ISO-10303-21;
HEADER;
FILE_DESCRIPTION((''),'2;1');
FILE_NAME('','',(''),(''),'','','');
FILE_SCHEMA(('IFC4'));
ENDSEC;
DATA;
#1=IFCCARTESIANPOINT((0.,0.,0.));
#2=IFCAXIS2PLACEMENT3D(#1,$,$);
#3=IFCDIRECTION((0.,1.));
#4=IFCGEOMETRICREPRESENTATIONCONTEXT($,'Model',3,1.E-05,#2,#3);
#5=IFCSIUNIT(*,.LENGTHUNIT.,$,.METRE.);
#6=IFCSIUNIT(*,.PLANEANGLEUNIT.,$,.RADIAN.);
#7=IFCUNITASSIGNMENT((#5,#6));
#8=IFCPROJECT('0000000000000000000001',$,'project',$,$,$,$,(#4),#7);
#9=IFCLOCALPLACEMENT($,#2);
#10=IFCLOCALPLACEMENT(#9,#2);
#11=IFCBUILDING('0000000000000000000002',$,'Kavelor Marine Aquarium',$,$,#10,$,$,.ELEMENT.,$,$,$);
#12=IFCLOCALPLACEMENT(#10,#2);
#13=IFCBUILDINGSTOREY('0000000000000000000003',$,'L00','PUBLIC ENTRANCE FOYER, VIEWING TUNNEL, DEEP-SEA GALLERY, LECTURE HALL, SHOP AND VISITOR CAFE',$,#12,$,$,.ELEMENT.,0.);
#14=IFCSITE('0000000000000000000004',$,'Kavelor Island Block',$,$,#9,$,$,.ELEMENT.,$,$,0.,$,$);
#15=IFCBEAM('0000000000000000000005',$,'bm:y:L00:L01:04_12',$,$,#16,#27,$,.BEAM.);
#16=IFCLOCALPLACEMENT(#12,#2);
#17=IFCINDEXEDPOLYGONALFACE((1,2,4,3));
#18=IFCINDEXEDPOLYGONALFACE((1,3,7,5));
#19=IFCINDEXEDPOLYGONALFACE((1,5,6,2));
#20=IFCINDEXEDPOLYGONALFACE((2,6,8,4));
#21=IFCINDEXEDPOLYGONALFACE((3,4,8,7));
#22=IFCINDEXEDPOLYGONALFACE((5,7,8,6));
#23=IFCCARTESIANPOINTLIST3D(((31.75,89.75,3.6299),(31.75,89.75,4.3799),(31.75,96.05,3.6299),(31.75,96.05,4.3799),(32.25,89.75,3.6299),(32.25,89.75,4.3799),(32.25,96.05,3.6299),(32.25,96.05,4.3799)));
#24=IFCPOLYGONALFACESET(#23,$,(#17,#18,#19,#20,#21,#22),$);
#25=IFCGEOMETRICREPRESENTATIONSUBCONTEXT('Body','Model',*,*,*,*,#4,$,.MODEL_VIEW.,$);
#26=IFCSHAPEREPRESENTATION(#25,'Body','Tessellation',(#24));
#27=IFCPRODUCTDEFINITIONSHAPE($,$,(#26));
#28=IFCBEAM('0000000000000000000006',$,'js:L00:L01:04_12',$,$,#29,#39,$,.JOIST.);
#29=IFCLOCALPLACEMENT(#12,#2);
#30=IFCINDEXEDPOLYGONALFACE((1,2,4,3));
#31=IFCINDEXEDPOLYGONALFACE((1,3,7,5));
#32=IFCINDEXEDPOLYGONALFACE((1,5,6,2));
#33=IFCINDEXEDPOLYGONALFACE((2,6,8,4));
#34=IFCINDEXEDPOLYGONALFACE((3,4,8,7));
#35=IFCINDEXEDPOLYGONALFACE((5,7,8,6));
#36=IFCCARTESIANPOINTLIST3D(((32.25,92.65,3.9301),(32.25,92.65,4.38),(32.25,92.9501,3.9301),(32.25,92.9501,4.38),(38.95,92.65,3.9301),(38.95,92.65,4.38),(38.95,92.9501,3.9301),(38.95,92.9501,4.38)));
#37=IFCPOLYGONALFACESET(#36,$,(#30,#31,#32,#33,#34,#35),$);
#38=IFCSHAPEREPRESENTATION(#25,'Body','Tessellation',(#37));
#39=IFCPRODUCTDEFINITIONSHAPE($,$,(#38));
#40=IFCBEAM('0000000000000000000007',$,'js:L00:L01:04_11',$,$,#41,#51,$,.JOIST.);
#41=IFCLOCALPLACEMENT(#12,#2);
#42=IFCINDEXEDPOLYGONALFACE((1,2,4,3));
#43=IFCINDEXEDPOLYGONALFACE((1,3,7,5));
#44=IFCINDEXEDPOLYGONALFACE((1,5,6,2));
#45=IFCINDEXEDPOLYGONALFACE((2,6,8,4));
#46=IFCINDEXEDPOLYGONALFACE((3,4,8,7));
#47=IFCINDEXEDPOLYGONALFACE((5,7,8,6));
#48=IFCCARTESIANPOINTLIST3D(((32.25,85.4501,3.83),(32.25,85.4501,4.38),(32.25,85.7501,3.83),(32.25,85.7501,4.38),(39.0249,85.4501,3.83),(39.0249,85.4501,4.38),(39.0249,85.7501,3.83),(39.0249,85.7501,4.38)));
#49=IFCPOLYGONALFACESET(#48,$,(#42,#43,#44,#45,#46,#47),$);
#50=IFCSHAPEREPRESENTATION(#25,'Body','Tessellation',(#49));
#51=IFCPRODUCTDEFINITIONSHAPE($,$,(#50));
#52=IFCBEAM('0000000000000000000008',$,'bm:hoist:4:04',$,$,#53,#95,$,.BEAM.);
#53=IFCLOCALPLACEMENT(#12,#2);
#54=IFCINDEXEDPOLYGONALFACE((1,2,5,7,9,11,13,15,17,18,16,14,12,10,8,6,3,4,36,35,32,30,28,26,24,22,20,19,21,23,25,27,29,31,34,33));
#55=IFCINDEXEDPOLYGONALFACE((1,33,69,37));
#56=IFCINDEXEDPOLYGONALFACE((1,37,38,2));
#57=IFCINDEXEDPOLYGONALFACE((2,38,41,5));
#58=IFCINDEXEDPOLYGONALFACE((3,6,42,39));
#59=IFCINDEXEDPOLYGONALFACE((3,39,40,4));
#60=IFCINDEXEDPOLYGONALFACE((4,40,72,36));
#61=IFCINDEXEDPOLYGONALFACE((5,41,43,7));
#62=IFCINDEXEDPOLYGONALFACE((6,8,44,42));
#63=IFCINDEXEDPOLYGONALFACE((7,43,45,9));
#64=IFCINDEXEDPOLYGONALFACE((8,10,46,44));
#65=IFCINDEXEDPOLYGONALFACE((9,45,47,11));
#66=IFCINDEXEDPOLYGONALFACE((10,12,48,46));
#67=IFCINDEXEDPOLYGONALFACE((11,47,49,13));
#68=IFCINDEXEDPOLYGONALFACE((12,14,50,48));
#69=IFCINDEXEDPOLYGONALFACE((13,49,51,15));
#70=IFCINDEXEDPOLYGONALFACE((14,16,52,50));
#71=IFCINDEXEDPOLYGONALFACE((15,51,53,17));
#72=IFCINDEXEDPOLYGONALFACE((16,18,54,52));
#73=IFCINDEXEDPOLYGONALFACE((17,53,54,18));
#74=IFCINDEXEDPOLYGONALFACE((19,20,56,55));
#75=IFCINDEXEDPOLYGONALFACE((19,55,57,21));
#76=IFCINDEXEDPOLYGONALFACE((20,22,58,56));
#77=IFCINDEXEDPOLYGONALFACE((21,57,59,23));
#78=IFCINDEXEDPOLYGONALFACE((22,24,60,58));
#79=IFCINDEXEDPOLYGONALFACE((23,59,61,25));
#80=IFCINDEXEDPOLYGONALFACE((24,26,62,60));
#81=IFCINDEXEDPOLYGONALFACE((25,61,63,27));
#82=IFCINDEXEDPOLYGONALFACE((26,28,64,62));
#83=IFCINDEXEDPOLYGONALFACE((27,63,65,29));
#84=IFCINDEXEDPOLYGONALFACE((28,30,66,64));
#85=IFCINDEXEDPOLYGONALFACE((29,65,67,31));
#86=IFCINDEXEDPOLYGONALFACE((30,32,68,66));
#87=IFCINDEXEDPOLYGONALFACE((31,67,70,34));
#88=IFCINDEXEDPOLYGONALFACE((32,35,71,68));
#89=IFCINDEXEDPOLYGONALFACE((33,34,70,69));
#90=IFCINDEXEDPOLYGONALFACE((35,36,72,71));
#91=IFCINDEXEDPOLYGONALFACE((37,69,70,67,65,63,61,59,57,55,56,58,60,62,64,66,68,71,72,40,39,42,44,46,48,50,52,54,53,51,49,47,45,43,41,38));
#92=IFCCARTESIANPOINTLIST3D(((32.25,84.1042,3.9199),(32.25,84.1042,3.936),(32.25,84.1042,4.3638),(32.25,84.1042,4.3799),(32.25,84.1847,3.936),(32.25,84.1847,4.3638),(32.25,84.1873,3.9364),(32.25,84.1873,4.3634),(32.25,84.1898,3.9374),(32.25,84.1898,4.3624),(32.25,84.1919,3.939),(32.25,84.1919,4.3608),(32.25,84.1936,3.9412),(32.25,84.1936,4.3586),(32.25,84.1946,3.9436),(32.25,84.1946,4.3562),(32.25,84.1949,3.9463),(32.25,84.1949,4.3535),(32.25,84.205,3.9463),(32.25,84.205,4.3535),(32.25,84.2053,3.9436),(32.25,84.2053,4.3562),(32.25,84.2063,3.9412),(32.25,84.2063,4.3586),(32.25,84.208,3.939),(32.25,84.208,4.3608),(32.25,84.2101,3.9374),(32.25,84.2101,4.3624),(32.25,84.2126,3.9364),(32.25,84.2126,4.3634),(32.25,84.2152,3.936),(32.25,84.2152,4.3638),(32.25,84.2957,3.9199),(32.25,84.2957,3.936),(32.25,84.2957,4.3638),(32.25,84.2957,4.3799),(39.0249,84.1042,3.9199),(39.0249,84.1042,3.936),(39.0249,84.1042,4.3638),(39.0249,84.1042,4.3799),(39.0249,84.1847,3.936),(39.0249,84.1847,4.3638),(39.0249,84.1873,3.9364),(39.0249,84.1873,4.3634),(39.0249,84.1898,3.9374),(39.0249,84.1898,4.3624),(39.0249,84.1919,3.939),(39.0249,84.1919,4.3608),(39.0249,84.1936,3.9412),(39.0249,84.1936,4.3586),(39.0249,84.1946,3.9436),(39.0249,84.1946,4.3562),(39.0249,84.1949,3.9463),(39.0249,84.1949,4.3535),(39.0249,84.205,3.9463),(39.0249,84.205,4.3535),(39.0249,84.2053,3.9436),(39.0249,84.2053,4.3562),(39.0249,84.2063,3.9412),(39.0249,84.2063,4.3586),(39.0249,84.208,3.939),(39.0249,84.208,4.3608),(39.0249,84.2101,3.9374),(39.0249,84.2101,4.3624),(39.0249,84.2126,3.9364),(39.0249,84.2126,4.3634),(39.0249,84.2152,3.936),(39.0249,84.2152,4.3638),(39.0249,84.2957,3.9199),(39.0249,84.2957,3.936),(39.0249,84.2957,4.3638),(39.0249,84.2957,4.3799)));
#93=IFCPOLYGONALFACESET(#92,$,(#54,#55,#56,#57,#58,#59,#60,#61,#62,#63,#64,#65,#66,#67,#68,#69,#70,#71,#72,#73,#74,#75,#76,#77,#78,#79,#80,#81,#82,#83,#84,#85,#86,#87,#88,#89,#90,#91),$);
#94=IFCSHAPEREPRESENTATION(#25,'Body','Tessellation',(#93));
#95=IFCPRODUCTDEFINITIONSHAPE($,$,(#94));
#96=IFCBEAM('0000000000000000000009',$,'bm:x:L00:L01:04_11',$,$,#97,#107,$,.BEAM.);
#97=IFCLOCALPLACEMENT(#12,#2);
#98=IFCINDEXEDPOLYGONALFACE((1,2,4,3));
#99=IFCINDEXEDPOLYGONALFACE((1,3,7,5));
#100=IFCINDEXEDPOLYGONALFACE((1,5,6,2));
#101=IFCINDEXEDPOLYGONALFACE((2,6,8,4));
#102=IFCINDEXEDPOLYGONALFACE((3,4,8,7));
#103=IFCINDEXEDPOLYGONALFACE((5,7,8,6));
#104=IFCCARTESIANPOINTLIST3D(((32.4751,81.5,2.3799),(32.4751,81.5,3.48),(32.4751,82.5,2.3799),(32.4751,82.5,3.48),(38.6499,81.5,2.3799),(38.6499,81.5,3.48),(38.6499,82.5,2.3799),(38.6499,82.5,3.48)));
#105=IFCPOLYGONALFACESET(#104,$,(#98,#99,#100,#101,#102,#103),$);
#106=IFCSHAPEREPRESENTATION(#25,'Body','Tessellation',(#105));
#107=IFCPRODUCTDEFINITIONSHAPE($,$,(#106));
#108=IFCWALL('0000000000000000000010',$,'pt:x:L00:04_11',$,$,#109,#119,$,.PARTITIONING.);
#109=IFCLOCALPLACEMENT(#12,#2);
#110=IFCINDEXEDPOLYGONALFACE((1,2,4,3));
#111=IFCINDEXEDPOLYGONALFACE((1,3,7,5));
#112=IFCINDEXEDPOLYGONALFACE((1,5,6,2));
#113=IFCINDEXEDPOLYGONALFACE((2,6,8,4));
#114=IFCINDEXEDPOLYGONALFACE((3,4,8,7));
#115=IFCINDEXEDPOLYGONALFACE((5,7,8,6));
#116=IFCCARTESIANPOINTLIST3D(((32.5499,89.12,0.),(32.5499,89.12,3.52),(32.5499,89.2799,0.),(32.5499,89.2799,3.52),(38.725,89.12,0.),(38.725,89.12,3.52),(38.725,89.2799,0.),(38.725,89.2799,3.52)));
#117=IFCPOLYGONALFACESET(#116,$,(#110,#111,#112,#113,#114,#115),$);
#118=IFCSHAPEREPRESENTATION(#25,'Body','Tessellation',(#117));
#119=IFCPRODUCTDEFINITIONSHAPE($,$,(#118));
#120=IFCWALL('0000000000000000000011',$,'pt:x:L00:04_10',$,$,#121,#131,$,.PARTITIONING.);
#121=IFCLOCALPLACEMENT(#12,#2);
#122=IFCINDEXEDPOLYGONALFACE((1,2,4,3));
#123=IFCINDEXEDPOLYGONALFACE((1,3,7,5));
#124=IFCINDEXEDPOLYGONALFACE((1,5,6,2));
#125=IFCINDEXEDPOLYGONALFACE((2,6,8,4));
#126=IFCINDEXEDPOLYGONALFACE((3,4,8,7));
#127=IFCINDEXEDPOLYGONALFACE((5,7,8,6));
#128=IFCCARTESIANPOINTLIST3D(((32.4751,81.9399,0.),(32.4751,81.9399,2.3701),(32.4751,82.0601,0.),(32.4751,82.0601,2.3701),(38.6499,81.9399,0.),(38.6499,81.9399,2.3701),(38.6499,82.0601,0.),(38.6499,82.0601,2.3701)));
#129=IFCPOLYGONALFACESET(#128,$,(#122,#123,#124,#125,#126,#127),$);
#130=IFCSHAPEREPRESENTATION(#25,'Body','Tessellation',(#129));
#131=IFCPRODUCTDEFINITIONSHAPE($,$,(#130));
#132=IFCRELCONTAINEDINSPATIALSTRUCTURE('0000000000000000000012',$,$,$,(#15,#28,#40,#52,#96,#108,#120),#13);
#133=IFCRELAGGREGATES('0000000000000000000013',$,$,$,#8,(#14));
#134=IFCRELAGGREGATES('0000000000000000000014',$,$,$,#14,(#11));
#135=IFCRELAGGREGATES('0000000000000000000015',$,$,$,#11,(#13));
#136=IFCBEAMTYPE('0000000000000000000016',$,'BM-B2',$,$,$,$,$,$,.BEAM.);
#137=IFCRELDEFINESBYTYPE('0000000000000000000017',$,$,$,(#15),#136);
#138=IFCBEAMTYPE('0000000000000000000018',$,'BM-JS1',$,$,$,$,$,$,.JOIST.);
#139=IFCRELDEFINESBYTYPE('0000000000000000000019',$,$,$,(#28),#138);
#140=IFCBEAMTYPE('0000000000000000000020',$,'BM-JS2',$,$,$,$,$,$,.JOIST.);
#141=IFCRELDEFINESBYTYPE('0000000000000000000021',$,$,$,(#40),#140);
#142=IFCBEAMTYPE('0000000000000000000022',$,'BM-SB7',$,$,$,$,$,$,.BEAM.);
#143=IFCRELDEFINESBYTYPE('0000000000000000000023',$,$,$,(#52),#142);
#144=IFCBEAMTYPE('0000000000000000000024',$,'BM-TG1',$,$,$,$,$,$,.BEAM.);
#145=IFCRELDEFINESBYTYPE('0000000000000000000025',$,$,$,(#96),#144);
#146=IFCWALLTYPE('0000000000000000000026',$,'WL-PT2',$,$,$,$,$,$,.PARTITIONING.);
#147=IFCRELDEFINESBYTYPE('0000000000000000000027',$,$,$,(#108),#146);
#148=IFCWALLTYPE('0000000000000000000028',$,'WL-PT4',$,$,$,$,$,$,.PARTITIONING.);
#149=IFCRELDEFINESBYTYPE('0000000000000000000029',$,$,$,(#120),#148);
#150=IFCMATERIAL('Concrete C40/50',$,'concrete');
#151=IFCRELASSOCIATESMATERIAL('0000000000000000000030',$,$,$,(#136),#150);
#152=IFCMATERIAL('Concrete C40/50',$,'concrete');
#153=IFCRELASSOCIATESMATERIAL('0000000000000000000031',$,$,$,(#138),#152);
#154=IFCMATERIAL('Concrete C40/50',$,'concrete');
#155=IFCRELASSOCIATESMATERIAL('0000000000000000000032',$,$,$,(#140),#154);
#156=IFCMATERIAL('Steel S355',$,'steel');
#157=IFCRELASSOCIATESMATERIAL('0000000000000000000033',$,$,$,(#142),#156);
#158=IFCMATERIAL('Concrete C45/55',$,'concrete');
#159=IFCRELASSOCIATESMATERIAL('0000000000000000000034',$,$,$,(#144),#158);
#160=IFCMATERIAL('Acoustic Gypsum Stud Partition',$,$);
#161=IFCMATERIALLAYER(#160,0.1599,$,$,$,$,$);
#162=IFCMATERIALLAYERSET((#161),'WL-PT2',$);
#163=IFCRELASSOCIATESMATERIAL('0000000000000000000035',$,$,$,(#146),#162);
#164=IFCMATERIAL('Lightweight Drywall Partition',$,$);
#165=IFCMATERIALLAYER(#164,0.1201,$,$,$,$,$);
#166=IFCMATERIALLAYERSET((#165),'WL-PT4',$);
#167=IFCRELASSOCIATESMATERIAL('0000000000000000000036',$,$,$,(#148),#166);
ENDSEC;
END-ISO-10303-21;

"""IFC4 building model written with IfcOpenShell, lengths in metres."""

from ifc_helpers import new_model, si_unit, direction, frame, frame_2d, origin, origin_2d, place, context, subcontext, project, spatial, rectangle, i_section, extrude, material, layer, layer_set, material_profile, profile_set, type_object, element, save


model = new_model("IFC4")

# Units and contexts
model_context = context("Model", 3, precision=1e-05, world=origin(), true_north=direction((0.0, 1.0)))
body_context = subcontext(model_context, "Body", "Model", "MODEL_VIEW")
ifc_project = project(units=[si_unit("LENGTHUNIT", "METRE"), si_unit("PLANEANGLEUNIT", "RADIAN")], contexts=[model_context])

# Site, building, storey
site_placement = place(None, origin())
site = spatial("IfcSite", under=ifc_project, at=site_placement, Name="Kavelor Island Block", CompositionType="ELEMENT", RefElevation=0.0)
building_placement = place(site_placement, origin())
building = spatial("IfcBuilding", under=site, at=building_placement, Name="Kavelor Marine Aquarium", CompositionType="ELEMENT")
storey_placement = place(building_placement, origin())
storey = spatial("IfcBuildingStorey", under=building, at=storey_placement, Name="L00", Description="PUBLIC ENTRANCE FOYER, VIEWING TUNNEL, DEEP-SEA GALLERY, LECTURE HALL, SHOP AND VISITOR CAFE", CompositionType="ELEMENT", Elevation=0.0)

# Beams
ifc_material_1 = material(Name="Concrete C40/50", Category="concrete")
ifc_material_profile_1 = material_profile(ifc_material_1, rectangle(XDim=0.5, YDim=0.75, at=origin_2d()), Name="RC-BM 500x750")
ifc_profile_set_1 = profile_set([ifc_material_profile_1], Name="Concrete C40/50")
beam_type_1 = type_object("IfcBeamType", Name="BM-B2", PredefinedType="BEAM", material=ifc_profile_set_1)
beam_1_placement = place(storey_placement, frame((32.0, 89.75, 4.0049), z_axis=(0.0, 1.0, 0.0), x_axis=(-1.0, 0.0, 0.0)))
element("IfcBeam", 1, at=beam_1_placement, inside=storey, type_object=beam_type_1, Name="bm:y:L00:L01:04_12", PredefinedType="BEAM", context=body_context, shape_type="SweptSolid", body=[
    extrude(rectangle(XDim=0.5, YDim=0.75, at=origin_2d()), origin(), (0.0, 0.0, 1.0), 6.3),
])
ifc_material_2 = material(Name="Concrete C40/50", Category="concrete")
ifc_material_profile_2 = material_profile(ifc_material_2, rectangle(XDim=0.3, YDim=0.45, at=origin_2d()), Name="RC-JS 300x450")
ifc_profile_set_2 = profile_set([ifc_material_profile_2], Name="Concrete C40/50")
beam_type_2 = type_object("IfcBeamType", Name="BM-JS1", PredefinedType="JOIST", material=ifc_profile_set_2)
beam_2_placement = place(storey_placement, frame((32.25, 92.8, 4.155), z_axis=(1.0, 0.0, 0.0), x_axis=(0.0, 1.0, 0.0)))
element("IfcBeam", 2, at=beam_2_placement, inside=storey, type_object=beam_type_2, Name="js:L00:L01:04_12", PredefinedType="JOIST", context=body_context, shape_type="SweptSolid", body=[
    extrude(rectangle(XDim=0.3, YDim=0.45, at=origin_2d()), origin(), (0.0, 0.0, 1.0), 6.7),
])
ifc_material_3 = material(Name="Concrete C40/50", Category="concrete")
ifc_material_profile_3 = material_profile(ifc_material_3, rectangle(XDim=0.3, YDim=0.55, at=origin_2d()), Name="RC-JS 300x550")
ifc_profile_set_3 = profile_set([ifc_material_profile_3], Name="Concrete C40/50")
beam_type_3 = type_object("IfcBeamType", Name="BM-JS2", PredefinedType="JOIST", material=ifc_profile_set_3)
beam_3_placement = place(storey_placement, frame((32.25, 85.6001, 4.105), z_axis=(1.0, 0.0, 0.0), x_axis=(0.0, 1.0, 0.0)))
element("IfcBeam", 3, at=beam_3_placement, inside=storey, type_object=beam_type_3, Name="js:L00:L01:04_11", PredefinedType="JOIST", context=body_context, shape_type="SweptSolid", body=[
    extrude(rectangle(XDim=0.3, YDim=0.55, at=origin_2d()), origin(), (0.0, 0.0, 1.0), 6.7749),
])
ifc_material_4 = material(Name="Steel S355", Category="steel")
ifc_material_profile_4 = material_profile(ifc_material_4, i_section(OverallWidth=0.1914, OverallDepth=0.46, WebThickness=0.01, FlangeThickness=0.0161, FilletRadius=0.0103, at=origin_2d()), Name="UKB 457x191x82")
ifc_profile_set_4 = profile_set([ifc_material_profile_4], Name="Steel S355")
beam_type_4 = type_object("IfcBeamType", Name="BM-SB7", PredefinedType="BEAM", material=ifc_profile_set_4)
beam_4_placement = place(storey_placement, frame((32.25, 84.2, 4.1499), z_axis=(1.0, 0.0, 0.0), x_axis=(0.0, 1.0, 0.0)))
element("IfcBeam", 4, at=beam_4_placement, inside=storey, type_object=beam_type_4, Name="bm:hoist:4:04", PredefinedType="BEAM", context=body_context, shape_type="SweptSolid", body=[
    extrude(i_section(OverallWidth=0.1914, OverallDepth=0.46, WebThickness=0.01, FlangeThickness=0.0161, FilletRadius=0.0103, at=origin_2d()), origin(), (0.0, 0.0, 1.0), 6.7749),
])
ifc_material_5 = material(Name="Concrete C45/55", Category="concrete")
ifc_material_profile_5 = material_profile(ifc_material_5, rectangle(XDim=1.0, YDim=1.1001, at=origin_2d()), Name="RC-TG 1000x1100")
ifc_profile_set_5 = profile_set([ifc_material_profile_5], Name="Concrete C45/55")
beam_type_5 = type_object("IfcBeamType", Name="BM-TG1", PredefinedType="BEAM", material=ifc_profile_set_5)
beam_5_placement = place(storey_placement, frame((32.4751, 82.0, 2.9299), z_axis=(1.0, 0.0, 0.0), x_axis=(0.0, 1.0, 0.0)))
element("IfcBeam", 5, at=beam_5_placement, inside=storey, type_object=beam_type_5, Name="bm:x:L00:L01:04_11", PredefinedType="BEAM", context=body_context, shape_type="SweptSolid", body=[
    extrude(rectangle(XDim=1.0, YDim=1.1001, at=origin_2d()), origin(), (0.0, 0.0, 1.0), 6.1748),
])

# Walls
ifc_material_6 = material(Name="Acoustic Gypsum Stud Partition")
ifc_layer_1 = layer(ifc_material_6, 0.1599)
ifc_layer_set_1 = layer_set([ifc_layer_1], Name="WL-PT2")
wall_type_1 = type_object("IfcWallType", Name="WL-PT2", PredefinedType="PARTITIONING", material=ifc_layer_set_1)
wall_1_placement = place(storey_placement, frame((32.55, 89.2, 0.0), z_axis=(0.0, 0.0, 1.0), x_axis=(1.0, 0.0, 0.0)))
element("IfcWall", 6, at=wall_1_placement, inside=storey, type_object=wall_type_1, Name="pt:x:L00:04_11", PredefinedType="PARTITIONING", context=body_context, shape_type="SweptSolid", body=[
    extrude(rectangle(XDim=6.175, YDim=0.1599, at=frame_2d((3.0874, 0.0))), origin(), (0.0, 0.0, 1.0), 3.52),
])
ifc_material_7 = material(Name="Lightweight Drywall Partition")
ifc_layer_2 = layer(ifc_material_7, 0.1201)
ifc_layer_set_2 = layer_set([ifc_layer_2], Name="WL-PT4")
wall_type_2 = type_object("IfcWallType", Name="WL-PT4", PredefinedType="PARTITIONING", material=ifc_layer_set_2)
wall_2_placement = place(storey_placement, frame((32.4751, 82.0, 0.0), z_axis=(0.0, 0.0, 1.0), x_axis=(1.0, 0.0, 0.0)))
element("IfcWall", 7, at=wall_2_placement, inside=storey, type_object=wall_type_2, Name="pt:x:L00:04_10", PredefinedType="PARTITIONING", context=body_context, shape_type="SweptSolid", body=[
    extrude(rectangle(XDim=6.1748, YDim=0.1201, at=frame_2d((3.0874, 0.0))), origin(), (0.0, 0.0, 1.0), 2.3701),
])

save(model, "model.ifc")
